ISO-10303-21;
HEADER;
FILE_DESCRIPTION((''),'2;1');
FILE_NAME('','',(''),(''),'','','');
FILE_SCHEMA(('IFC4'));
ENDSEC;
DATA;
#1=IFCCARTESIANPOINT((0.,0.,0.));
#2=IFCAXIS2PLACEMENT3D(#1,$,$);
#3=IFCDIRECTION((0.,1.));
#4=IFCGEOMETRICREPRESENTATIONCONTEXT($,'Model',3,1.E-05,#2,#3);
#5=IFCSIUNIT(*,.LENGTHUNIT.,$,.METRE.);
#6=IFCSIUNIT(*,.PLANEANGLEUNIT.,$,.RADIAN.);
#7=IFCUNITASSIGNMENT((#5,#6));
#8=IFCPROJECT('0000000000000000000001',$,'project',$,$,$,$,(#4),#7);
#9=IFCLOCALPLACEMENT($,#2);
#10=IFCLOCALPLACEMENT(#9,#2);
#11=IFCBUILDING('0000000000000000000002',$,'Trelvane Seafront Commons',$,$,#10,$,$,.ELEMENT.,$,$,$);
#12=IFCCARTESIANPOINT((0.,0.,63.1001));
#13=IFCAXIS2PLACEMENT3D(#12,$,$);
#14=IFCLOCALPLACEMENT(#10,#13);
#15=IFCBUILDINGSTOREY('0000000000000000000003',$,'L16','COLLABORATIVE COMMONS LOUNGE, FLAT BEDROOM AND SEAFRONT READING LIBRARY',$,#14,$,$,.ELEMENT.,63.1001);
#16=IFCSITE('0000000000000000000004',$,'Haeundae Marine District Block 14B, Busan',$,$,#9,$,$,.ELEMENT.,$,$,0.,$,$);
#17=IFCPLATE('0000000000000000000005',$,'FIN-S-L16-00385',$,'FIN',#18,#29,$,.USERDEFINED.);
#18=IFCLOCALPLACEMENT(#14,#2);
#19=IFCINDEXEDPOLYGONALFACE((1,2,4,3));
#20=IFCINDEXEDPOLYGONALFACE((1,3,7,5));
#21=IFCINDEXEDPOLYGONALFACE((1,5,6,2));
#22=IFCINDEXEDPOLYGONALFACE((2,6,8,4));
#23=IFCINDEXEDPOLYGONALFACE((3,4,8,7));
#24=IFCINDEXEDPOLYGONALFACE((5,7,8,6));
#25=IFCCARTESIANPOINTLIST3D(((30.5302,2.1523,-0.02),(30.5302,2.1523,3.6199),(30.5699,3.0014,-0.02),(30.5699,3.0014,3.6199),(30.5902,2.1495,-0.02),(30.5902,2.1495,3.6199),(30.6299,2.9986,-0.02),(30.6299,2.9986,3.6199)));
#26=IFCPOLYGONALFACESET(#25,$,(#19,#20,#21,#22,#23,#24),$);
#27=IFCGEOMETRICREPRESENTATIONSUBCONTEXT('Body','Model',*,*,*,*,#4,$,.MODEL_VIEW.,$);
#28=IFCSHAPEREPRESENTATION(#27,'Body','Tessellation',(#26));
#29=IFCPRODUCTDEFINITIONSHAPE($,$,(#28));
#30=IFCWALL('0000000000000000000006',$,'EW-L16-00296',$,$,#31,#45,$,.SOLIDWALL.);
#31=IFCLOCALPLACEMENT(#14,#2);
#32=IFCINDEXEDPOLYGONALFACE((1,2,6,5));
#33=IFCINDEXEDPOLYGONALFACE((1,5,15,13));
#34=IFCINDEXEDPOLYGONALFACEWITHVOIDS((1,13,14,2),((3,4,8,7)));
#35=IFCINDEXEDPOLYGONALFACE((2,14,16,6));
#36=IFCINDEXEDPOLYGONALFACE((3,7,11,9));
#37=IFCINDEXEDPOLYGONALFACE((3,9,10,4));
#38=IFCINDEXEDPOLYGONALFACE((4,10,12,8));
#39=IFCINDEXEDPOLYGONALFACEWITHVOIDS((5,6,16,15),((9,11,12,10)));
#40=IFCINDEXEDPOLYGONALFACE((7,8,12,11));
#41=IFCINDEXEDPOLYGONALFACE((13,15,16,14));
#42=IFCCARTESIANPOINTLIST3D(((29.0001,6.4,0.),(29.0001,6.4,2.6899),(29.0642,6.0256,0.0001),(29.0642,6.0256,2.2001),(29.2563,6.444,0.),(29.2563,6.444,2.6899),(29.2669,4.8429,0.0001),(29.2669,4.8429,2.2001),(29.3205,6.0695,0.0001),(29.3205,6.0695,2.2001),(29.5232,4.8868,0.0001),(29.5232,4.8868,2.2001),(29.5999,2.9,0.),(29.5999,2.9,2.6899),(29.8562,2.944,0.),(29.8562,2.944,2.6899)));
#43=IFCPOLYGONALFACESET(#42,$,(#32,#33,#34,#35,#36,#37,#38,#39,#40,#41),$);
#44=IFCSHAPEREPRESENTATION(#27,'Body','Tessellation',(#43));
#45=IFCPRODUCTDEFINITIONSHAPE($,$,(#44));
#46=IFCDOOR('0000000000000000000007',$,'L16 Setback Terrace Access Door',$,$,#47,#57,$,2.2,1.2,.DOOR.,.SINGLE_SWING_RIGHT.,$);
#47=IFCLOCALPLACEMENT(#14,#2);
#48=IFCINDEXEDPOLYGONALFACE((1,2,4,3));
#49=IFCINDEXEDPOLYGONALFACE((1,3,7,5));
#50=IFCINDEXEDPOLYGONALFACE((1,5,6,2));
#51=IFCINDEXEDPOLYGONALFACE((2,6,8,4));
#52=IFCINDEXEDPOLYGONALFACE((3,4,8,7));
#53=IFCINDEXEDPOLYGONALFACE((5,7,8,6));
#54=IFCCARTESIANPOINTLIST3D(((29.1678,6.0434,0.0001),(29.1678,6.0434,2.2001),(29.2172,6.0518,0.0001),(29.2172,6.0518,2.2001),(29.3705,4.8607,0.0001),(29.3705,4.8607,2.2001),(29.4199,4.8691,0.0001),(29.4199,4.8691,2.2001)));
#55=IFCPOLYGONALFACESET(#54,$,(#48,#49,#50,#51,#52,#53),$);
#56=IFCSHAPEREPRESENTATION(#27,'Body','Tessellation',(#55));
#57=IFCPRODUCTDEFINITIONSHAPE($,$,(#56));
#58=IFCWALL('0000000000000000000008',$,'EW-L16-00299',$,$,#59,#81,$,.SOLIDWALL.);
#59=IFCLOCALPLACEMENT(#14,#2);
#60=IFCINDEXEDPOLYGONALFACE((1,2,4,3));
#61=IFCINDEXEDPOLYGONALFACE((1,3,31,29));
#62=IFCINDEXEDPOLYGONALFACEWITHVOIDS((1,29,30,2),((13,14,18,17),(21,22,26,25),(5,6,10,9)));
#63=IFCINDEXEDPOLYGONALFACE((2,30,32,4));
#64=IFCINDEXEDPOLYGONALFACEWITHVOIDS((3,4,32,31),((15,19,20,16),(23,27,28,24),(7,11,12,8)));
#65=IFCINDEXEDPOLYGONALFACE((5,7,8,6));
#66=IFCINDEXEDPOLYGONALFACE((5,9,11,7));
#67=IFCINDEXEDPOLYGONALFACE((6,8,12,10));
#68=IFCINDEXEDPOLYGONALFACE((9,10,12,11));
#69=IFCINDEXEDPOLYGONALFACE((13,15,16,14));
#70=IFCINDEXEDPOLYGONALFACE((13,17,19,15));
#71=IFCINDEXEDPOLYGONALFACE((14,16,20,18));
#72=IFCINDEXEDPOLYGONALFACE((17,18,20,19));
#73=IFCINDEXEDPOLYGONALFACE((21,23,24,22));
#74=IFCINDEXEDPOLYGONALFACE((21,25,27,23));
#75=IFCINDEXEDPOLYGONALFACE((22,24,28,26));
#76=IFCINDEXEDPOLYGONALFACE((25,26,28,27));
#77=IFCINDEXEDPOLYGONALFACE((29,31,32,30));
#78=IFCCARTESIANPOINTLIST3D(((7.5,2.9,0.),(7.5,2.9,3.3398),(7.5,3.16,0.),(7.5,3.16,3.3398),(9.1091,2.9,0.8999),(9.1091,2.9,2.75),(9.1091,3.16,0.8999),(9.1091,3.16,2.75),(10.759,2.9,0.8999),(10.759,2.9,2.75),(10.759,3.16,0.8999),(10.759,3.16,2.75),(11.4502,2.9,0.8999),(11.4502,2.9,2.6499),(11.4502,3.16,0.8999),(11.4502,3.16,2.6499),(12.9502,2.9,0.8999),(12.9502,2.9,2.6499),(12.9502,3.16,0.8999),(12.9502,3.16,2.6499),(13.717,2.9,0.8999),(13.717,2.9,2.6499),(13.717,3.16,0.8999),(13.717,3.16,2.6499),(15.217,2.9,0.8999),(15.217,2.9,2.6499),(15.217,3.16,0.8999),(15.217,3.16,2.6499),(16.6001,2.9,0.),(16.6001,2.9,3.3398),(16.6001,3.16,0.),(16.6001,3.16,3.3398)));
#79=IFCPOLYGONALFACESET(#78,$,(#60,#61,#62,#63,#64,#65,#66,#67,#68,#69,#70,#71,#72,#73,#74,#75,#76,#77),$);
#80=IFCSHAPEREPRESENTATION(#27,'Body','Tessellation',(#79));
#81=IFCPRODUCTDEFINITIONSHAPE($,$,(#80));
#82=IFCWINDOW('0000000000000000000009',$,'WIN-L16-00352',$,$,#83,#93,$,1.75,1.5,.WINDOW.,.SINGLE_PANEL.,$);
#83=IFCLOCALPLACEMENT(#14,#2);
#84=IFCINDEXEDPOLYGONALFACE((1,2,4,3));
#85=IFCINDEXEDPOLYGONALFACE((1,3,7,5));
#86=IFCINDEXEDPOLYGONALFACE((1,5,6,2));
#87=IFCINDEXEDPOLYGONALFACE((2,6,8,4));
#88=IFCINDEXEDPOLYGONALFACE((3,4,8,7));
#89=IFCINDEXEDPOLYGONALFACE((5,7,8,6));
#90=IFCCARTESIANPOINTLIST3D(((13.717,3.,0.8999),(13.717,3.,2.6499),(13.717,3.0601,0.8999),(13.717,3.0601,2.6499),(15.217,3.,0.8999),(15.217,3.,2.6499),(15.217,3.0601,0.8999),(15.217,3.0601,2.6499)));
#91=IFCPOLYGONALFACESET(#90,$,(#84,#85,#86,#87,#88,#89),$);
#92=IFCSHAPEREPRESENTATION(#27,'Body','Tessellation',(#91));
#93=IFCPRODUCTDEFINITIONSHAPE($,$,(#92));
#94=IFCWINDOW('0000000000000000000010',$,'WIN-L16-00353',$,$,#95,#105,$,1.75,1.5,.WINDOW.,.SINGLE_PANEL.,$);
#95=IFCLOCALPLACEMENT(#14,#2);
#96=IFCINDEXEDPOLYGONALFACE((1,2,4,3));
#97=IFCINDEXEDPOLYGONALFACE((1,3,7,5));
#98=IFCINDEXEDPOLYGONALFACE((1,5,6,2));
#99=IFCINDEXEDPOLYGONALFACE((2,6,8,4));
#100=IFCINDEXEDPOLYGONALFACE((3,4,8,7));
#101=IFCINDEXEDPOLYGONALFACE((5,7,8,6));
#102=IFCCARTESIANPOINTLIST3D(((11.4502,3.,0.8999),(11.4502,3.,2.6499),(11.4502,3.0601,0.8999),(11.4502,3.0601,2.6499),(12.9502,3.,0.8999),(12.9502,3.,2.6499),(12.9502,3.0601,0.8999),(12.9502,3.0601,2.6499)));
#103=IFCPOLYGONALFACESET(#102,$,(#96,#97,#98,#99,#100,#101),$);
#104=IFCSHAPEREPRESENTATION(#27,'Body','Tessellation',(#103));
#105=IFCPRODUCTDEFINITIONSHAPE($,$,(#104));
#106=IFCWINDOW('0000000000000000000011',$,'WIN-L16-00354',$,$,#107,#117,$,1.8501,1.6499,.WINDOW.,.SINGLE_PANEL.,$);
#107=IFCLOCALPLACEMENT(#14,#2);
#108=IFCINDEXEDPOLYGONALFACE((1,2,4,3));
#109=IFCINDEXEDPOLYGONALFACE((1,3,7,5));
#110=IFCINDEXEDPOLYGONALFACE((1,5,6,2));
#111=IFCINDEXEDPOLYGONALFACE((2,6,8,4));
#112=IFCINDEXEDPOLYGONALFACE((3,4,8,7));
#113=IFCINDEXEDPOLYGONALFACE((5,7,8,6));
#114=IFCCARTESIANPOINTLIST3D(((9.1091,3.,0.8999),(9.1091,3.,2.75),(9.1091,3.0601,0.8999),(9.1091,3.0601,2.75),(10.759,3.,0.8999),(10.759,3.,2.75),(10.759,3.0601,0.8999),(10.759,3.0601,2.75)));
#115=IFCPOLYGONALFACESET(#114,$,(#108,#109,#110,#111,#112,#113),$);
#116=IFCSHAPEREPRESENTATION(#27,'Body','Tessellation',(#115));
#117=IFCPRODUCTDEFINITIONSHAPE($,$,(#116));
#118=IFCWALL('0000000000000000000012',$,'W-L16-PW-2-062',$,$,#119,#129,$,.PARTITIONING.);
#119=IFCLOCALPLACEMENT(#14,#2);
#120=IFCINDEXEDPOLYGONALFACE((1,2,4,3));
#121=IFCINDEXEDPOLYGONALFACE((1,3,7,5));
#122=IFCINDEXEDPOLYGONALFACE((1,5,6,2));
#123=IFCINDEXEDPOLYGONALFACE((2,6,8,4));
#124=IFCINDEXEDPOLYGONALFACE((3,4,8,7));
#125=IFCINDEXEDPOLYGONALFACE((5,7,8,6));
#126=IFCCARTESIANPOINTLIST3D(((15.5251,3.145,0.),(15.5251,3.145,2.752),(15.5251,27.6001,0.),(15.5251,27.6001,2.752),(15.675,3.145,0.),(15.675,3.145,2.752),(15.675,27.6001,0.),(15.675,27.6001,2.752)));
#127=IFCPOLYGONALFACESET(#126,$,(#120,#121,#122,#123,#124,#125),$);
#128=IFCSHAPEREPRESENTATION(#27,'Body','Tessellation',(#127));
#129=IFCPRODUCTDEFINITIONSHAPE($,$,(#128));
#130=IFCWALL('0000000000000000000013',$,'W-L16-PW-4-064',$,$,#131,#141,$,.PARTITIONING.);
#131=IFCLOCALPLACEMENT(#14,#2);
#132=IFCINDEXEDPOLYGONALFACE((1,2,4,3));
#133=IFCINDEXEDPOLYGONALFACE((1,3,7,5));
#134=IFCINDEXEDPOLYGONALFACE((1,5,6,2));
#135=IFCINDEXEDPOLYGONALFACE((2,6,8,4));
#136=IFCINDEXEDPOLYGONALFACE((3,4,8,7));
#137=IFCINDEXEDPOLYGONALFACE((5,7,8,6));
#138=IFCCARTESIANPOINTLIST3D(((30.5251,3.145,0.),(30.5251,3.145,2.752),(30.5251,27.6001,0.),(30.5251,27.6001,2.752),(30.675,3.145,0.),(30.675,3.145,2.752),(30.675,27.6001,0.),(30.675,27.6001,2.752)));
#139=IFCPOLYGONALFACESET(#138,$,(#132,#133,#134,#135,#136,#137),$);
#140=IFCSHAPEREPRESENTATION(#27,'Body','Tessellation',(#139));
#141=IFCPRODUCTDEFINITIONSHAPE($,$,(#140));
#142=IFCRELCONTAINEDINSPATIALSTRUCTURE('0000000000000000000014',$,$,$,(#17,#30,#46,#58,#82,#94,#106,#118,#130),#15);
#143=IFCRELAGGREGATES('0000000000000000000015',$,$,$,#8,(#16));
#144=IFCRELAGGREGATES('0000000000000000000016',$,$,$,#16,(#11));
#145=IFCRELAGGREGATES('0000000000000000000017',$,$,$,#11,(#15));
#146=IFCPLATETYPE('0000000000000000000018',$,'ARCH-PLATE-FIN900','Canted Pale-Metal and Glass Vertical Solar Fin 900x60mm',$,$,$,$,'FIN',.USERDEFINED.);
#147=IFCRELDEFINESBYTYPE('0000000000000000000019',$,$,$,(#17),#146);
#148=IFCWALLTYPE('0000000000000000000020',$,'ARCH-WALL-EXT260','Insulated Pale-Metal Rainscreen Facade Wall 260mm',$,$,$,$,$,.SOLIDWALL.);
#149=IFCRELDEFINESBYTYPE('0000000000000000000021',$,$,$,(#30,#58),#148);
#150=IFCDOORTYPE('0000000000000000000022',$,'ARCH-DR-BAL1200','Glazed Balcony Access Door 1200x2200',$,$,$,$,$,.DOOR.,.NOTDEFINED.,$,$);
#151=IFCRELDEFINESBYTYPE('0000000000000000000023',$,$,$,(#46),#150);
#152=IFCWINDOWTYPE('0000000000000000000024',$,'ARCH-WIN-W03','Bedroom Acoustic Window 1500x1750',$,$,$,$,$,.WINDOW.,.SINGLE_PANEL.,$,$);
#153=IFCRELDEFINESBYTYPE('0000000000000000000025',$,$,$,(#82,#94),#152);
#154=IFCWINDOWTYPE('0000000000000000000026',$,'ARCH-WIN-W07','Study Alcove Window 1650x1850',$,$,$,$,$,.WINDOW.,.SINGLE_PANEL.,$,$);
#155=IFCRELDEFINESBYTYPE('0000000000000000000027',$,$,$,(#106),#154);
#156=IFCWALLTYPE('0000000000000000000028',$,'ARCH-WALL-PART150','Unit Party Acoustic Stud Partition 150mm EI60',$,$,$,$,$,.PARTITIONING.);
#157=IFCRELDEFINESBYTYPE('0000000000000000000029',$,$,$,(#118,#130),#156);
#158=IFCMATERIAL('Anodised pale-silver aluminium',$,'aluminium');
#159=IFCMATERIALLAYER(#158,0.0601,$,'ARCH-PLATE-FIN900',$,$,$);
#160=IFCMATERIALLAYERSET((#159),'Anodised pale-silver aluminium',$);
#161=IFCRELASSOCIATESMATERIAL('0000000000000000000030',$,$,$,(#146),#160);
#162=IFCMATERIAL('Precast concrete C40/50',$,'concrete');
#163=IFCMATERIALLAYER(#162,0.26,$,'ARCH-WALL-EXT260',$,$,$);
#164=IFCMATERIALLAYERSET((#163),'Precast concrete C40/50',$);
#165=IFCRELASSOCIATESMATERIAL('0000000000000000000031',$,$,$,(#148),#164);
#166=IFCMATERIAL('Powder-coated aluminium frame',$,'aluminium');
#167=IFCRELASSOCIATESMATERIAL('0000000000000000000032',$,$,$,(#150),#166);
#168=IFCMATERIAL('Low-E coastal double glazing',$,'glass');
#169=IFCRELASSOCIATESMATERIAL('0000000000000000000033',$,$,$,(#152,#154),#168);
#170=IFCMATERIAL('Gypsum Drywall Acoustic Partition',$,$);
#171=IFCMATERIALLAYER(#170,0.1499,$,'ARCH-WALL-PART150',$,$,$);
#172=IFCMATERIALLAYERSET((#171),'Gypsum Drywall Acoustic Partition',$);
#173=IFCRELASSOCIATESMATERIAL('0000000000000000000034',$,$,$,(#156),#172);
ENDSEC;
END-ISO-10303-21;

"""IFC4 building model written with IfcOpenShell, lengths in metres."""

from ifc_helpers import new_model, si_unit, direction, frame, frame_2d, origin, origin_2d, place, context, subcontext, project, spatial, rectangle, extrude, source, transform, mapped, material, layer, layer_set, type_object, element, fill, save


model = new_model("IFC4")

# Units and contexts
model_context = context("Model", 3, precision=1e-05, world=origin(), true_north=direction((0.0, 1.0)))
body_context = subcontext(model_context, "Body", "Model", "MODEL_VIEW")
ifc_project = project(units=[si_unit("LENGTHUNIT", "METRE"), si_unit("PLANEANGLEUNIT", "RADIAN")], contexts=[model_context])

# Site, building, storey
site_placement = place(None, origin())
site = spatial("IfcSite", under=ifc_project, at=site_placement, Name="Haeundae Marine District Block 14B, Busan", CompositionType="ELEMENT", RefElevation=0.0)
building_placement = place(site_placement, origin())
building = spatial("IfcBuilding", under=site, at=building_placement, Name="Trelvane Seafront Commons", CompositionType="ELEMENT")
storey_placement = place(building_placement, frame((0.0, 0.0, 63.1001)))
storey = spatial("IfcBuildingStorey", under=building, at=storey_placement, Name="L16", Description="COLLABORATIVE COMMONS LOUNGE, FLAT BEDROOM AND SEAFRONT READING LIBRARY", CompositionType="ELEMENT", Elevation=63.1001)

# Plate
ifc_material_1 = material(Name="Anodised pale-silver aluminium", Category="aluminium")
ifc_layer_1 = layer(ifc_material_1, 0.0601, Name="ARCH-PLATE-FIN900")
ifc_layer_set_1 = layer_set([ifc_layer_1], Name="Anodised pale-silver aluminium")
plate_type_1 = type_object("IfcPlateType", Name="ARCH-PLATE-FIN900", Description="Canted Pale-Metal and Glass Vertical Solar Fin 900x60mm", ElementType="FIN", PredefinedType="USERDEFINED", material=ifc_layer_set_1)
shared_shape_1 = source(origin(), body_context, "Body", "SweptSolid", [
    extrude(rectangle(XDim=0.8501, YDim=0.0601, at=origin_2d()), origin(), (0.0, 0.0, 1.0), 3.6399),
])
plate_placement = place(storey_placement, frame((30.5801, 2.5754, -0.02), z_axis=(0.0, 0.0, 1.0), x_axis=(-0.046704, -0.998909, 0.0)))
element("IfcPlate", 1, at=plate_placement, inside=storey, type_object=plate_type_1, Name="FIN-S-L16-00385", ObjectType="FIN", PredefinedType="USERDEFINED", context=body_context, shape_type="MappedRepresentation", body=[
    mapped(shared_shape_1, transform((0.0, 0.0, 0.0), x_axis=(1.0, 0.0, 0.0), y_axis=(0.0, 1.0, 0.0), z_axis=(0.0, 0.0, 1.0), scale=1.0)),
])

# Wall, opening, door
ifc_material_2 = material(Name="Precast concrete C40/50", Category="concrete")
ifc_layer_2 = layer(ifc_material_2, 0.26, Name="ARCH-WALL-EXT260")
ifc_layer_set_2 = layer_set([ifc_layer_2], Name="Precast concrete C40/50")
wall_type_1 = type_object("IfcWallType", Name="ARCH-WALL-EXT260", Description="Insulated Pale-Metal Rainscreen Facade Wall 260mm", PredefinedType="SOLIDWALL", material=ifc_layer_set_2)
wall_1_placement = place(storey_placement, frame((29.728, 2.9221, 0.0), z_axis=(0.0, 0.0, 1.0), x_axis=(-0.168924, 0.985629, 0.0)))
wall_1 = element("IfcWall", 2, at=wall_1_placement, inside=storey, type_object=wall_type_1, Name="EW-L16-00296", PredefinedType="SOLIDWALL", context=body_context, shape_type="SweptSolid", body=[
    extrude(rectangle(XDim=3.551, YDim=0.26, at=frame_2d((1.7754, 0.0))), origin(), (0.0, 0.0, 1.0), 2.6899),
])
opening_1_placement = place(wall_1_placement, frame((1.9709, 0.0, 0.0)))
opening_1 = element("IfcOpeningElement", 3, at=opening_1_placement, cuts=wall_1, PredefinedType="OPENING", context=body_context, shape_type="SweptSolid", body=[
    extrude(rectangle(XDim=1.2, YDim=2.2, at=frame_2d((0.6001, 1.1001))), frame((0.0, 0.1399, 0.0), z_axis=(0.0, -1.0, 0.0), x_axis=(1.0, 0.0, 0.0)), (0.0, 0.0, 1.0), 0.28),
])
ifc_material_3 = material(Name="Powder-coated aluminium frame", Category="aluminium")
door_type = type_object("IfcDoorType", Name="ARCH-DR-BAL1200", Description="Glazed Balcony Access Door 1200x2200", OperationType="NOTDEFINED", PredefinedType="DOOR", material=ifc_material_3)
shared_shape_2 = source(origin(), body_context, "Body", "SweptSolid", [
    extrude(rectangle(XDim=1.2, YDim=2.2, at=frame_2d((0.6001, 1.1001))), frame((0.0, 0.0249, 0.0), z_axis=(0.0, -1.0, 0.0), x_axis=(1.0, 0.0, 0.0)), (0.0, 0.0, 1.0), 0.05),
])
door_placement = place(opening_1_placement, origin())
door = element("IfcDoor", 4, at=door_placement, inside=storey, type_object=door_type, Name="L16 Setback Terrace Access Door", OperationType="SINGLE_SWING_RIGHT", OverallHeight=2.2, OverallWidth=1.2, PredefinedType="DOOR", context=body_context, shape_type="MappedRepresentation", body=[
    mapped(shared_shape_2, transform((0.0, 0.0, 0.0), x_axis=(1.0, 0.0, 0.0), y_axis=(0.0, 1.0, 0.0), z_axis=(0.0, 0.0, 1.0), scale=1.0)),
])
fill(opening_1, door)

# Wall, openings, windows
wall_2_placement = place(storey_placement, frame((16.6001, 3.03, 0.0), z_axis=(0.0, 0.0, 1.0), x_axis=(-1.0, 0.0, 0.0)))
wall_2 = element("IfcWall", 5, at=wall_2_placement, inside=storey, type_object=wall_type_1, Name="EW-L16-00299", PredefinedType="SOLIDWALL", context=body_context, shape_type="SweptSolid", body=[
    extrude(rectangle(XDim=9.1001, YDim=0.26, at=frame_2d((4.55, 0.0))), origin(), (0.0, 0.0, 1.0), 3.3398),
])
opening_2_placement = place(wall_2_placement, frame((1.3831, 0.0, 0.8999)))
opening_2 = element("IfcOpeningElement", 6, at=opening_2_placement, cuts=wall_2, PredefinedType="OPENING", context=body_context, shape_type="SweptSolid", body=[
    extrude(rectangle(XDim=1.5, YDim=1.75, at=frame_2d((0.75, 0.875))), frame((0.0, 0.1399, 0.0), z_axis=(0.0, -1.0, 0.0), x_axis=(1.0, 0.0, 0.0)), (0.0, 0.0, 1.0), 0.28),
])
opening_3_placement = place(wall_2_placement, frame((3.6499, 0.0, 0.8999)))
opening_3 = element("IfcOpeningElement", 7, at=opening_3_placement, cuts=wall_2, PredefinedType="OPENING", context=body_context, shape_type="SweptSolid", body=[
    extrude(rectangle(XDim=1.5, YDim=1.75, at=frame_2d((0.75, 0.875))), frame((0.0, 0.1399, 0.0), z_axis=(0.0, -1.0, 0.0), x_axis=(1.0, 0.0, 0.0)), (0.0, 0.0, 1.0), 0.28),
])
opening_4_placement = place(wall_2_placement, frame((5.8411, 0.0, 0.8999)))
opening_4 = element("IfcOpeningElement", 8, at=opening_4_placement, cuts=wall_2, PredefinedType="OPENING", context=body_context, shape_type="SweptSolid", body=[
    extrude(rectangle(XDim=1.6499, YDim=1.8501, at=frame_2d((0.825, 0.925))), frame((0.0, 0.1399, 0.0), z_axis=(0.0, -1.0, 0.0), x_axis=(1.0, 0.0, 0.0)), (0.0, 0.0, 1.0), 0.28),
])
ifc_material_4 = material(Name="Low-E coastal double glazing", Category="glass")
window_type_1 = type_object("IfcWindowType", Name="ARCH-WIN-W03", Description="Bedroom Acoustic Window 1500x1750", PartitioningType="SINGLE_PANEL", PredefinedType="WINDOW", material=ifc_material_4)
shared_shape_3 = source(origin(), body_context, "Body", "SweptSolid", [
    extrude(rectangle(XDim=1.5, YDim=1.75, at=frame_2d((0.75, 0.875))), frame((0.0, 0.03, 0.0), z_axis=(0.0, -1.0, 0.0), x_axis=(1.0, 0.0, 0.0)), (0.0, 0.0, 1.0), 0.0601),
])
window_1_placement = place(opening_2_placement, origin())
window_1 = element("IfcWindow", 9, at=window_1_placement, inside=storey, type_object=window_type_1, Name="WIN-L16-00352", OverallHeight=1.75, OverallWidth=1.5, PartitioningType="SINGLE_PANEL", PredefinedType="WINDOW", context=body_context, shape_type="MappedRepresentation", body=[
    mapped(shared_shape_3, transform((0.0, 0.0, 0.0), x_axis=(1.0, 0.0, 0.0), y_axis=(0.0, 1.0, 0.0), z_axis=(0.0, 0.0, 1.0), scale=1.0)),
])
fill(opening_2, window_1)
window_2_placement = place(opening_3_placement, origin())
window_2 = element("IfcWindow", 10, at=window_2_placement, inside=storey, type_object=window_type_1, Name="WIN-L16-00353", OverallHeight=1.75, OverallWidth=1.5, PartitioningType="SINGLE_PANEL", PredefinedType="WINDOW", context=body_context, shape_type="MappedRepresentation", body=[
    mapped(shared_shape_3, transform((0.0, 0.0, 0.0), x_axis=(1.0, 0.0, 0.0), y_axis=(0.0, 1.0, 0.0), z_axis=(0.0, 0.0, 1.0), scale=1.0)),
])
fill(opening_3, window_2)
window_type_2 = type_object("IfcWindowType", Name="ARCH-WIN-W07", Description="Study Alcove Window 1650x1850", PartitioningType="SINGLE_PANEL", PredefinedType="WINDOW", material=ifc_material_4)
shared_shape_4 = source(origin(), body_context, "Body", "SweptSolid", [
    extrude(rectangle(XDim=1.6499, YDim=1.8501, at=frame_2d((0.825, 0.925))), frame((0.0, 0.03, 0.0), z_axis=(0.0, -1.0, 0.0), x_axis=(1.0, 0.0, 0.0)), (0.0, 0.0, 1.0), 0.0601),
])
window_3_placement = place(opening_4_placement, origin())
window_3 = element("IfcWindow", 11, at=window_3_placement, inside=storey, type_object=window_type_2, Name="WIN-L16-00354", OverallHeight=1.8501, OverallWidth=1.6499, PartitioningType="SINGLE_PANEL", PredefinedType="WINDOW", context=body_context, shape_type="MappedRepresentation", body=[
    mapped(shared_shape_4, transform((0.0, 0.0, 0.0), x_axis=(1.0, 0.0, 0.0), y_axis=(0.0, 1.0, 0.0), z_axis=(0.0, 0.0, 1.0), scale=1.0)),
])
fill(opening_4, window_3)

# Walls
ifc_material_5 = material(Name="Gypsum Drywall Acoustic Partition")
ifc_layer_3 = layer(ifc_material_5, 0.1499, Name="ARCH-WALL-PART150")
ifc_layer_set_3 = layer_set([ifc_layer_3], Name="Gypsum Drywall Acoustic Partition")
wall_type_2 = type_object("IfcWallType", Name="ARCH-WALL-PART150", Description="Unit Party Acoustic Stud Partition 150mm EI60", PredefinedType="PARTITIONING", material=ifc_layer_set_3)
for number, where, z_axis, x_axis, name in (
    (12, (15.6001, 3.145, 0.0), (0.0, 0.0, 1.0), (0.0, 1.0, 0.0), "W-L16-PW-2-062"),
    (13, (30.6001, 3.145, 0.0), (0.0, 0.0, 1.0), (0.0, 1.0, 0.0), "W-L16-PW-4-064"),
):
    element("IfcWall", number, at=place(storey_placement, frame(where, z_axis=z_axis, x_axis=x_axis)), inside=storey, type_object=wall_type_2, Name=name, PredefinedType="PARTITIONING", context=body_context, shape_type="SweptSolid", body=[
        extrude(rectangle(XDim=24.4551, YDim=0.1499, at=frame_2d((12.2275, 0.0))), origin(), (0.0, 0.0, 1.0), 2.752),
    ])

save(model, "model.ifc")
